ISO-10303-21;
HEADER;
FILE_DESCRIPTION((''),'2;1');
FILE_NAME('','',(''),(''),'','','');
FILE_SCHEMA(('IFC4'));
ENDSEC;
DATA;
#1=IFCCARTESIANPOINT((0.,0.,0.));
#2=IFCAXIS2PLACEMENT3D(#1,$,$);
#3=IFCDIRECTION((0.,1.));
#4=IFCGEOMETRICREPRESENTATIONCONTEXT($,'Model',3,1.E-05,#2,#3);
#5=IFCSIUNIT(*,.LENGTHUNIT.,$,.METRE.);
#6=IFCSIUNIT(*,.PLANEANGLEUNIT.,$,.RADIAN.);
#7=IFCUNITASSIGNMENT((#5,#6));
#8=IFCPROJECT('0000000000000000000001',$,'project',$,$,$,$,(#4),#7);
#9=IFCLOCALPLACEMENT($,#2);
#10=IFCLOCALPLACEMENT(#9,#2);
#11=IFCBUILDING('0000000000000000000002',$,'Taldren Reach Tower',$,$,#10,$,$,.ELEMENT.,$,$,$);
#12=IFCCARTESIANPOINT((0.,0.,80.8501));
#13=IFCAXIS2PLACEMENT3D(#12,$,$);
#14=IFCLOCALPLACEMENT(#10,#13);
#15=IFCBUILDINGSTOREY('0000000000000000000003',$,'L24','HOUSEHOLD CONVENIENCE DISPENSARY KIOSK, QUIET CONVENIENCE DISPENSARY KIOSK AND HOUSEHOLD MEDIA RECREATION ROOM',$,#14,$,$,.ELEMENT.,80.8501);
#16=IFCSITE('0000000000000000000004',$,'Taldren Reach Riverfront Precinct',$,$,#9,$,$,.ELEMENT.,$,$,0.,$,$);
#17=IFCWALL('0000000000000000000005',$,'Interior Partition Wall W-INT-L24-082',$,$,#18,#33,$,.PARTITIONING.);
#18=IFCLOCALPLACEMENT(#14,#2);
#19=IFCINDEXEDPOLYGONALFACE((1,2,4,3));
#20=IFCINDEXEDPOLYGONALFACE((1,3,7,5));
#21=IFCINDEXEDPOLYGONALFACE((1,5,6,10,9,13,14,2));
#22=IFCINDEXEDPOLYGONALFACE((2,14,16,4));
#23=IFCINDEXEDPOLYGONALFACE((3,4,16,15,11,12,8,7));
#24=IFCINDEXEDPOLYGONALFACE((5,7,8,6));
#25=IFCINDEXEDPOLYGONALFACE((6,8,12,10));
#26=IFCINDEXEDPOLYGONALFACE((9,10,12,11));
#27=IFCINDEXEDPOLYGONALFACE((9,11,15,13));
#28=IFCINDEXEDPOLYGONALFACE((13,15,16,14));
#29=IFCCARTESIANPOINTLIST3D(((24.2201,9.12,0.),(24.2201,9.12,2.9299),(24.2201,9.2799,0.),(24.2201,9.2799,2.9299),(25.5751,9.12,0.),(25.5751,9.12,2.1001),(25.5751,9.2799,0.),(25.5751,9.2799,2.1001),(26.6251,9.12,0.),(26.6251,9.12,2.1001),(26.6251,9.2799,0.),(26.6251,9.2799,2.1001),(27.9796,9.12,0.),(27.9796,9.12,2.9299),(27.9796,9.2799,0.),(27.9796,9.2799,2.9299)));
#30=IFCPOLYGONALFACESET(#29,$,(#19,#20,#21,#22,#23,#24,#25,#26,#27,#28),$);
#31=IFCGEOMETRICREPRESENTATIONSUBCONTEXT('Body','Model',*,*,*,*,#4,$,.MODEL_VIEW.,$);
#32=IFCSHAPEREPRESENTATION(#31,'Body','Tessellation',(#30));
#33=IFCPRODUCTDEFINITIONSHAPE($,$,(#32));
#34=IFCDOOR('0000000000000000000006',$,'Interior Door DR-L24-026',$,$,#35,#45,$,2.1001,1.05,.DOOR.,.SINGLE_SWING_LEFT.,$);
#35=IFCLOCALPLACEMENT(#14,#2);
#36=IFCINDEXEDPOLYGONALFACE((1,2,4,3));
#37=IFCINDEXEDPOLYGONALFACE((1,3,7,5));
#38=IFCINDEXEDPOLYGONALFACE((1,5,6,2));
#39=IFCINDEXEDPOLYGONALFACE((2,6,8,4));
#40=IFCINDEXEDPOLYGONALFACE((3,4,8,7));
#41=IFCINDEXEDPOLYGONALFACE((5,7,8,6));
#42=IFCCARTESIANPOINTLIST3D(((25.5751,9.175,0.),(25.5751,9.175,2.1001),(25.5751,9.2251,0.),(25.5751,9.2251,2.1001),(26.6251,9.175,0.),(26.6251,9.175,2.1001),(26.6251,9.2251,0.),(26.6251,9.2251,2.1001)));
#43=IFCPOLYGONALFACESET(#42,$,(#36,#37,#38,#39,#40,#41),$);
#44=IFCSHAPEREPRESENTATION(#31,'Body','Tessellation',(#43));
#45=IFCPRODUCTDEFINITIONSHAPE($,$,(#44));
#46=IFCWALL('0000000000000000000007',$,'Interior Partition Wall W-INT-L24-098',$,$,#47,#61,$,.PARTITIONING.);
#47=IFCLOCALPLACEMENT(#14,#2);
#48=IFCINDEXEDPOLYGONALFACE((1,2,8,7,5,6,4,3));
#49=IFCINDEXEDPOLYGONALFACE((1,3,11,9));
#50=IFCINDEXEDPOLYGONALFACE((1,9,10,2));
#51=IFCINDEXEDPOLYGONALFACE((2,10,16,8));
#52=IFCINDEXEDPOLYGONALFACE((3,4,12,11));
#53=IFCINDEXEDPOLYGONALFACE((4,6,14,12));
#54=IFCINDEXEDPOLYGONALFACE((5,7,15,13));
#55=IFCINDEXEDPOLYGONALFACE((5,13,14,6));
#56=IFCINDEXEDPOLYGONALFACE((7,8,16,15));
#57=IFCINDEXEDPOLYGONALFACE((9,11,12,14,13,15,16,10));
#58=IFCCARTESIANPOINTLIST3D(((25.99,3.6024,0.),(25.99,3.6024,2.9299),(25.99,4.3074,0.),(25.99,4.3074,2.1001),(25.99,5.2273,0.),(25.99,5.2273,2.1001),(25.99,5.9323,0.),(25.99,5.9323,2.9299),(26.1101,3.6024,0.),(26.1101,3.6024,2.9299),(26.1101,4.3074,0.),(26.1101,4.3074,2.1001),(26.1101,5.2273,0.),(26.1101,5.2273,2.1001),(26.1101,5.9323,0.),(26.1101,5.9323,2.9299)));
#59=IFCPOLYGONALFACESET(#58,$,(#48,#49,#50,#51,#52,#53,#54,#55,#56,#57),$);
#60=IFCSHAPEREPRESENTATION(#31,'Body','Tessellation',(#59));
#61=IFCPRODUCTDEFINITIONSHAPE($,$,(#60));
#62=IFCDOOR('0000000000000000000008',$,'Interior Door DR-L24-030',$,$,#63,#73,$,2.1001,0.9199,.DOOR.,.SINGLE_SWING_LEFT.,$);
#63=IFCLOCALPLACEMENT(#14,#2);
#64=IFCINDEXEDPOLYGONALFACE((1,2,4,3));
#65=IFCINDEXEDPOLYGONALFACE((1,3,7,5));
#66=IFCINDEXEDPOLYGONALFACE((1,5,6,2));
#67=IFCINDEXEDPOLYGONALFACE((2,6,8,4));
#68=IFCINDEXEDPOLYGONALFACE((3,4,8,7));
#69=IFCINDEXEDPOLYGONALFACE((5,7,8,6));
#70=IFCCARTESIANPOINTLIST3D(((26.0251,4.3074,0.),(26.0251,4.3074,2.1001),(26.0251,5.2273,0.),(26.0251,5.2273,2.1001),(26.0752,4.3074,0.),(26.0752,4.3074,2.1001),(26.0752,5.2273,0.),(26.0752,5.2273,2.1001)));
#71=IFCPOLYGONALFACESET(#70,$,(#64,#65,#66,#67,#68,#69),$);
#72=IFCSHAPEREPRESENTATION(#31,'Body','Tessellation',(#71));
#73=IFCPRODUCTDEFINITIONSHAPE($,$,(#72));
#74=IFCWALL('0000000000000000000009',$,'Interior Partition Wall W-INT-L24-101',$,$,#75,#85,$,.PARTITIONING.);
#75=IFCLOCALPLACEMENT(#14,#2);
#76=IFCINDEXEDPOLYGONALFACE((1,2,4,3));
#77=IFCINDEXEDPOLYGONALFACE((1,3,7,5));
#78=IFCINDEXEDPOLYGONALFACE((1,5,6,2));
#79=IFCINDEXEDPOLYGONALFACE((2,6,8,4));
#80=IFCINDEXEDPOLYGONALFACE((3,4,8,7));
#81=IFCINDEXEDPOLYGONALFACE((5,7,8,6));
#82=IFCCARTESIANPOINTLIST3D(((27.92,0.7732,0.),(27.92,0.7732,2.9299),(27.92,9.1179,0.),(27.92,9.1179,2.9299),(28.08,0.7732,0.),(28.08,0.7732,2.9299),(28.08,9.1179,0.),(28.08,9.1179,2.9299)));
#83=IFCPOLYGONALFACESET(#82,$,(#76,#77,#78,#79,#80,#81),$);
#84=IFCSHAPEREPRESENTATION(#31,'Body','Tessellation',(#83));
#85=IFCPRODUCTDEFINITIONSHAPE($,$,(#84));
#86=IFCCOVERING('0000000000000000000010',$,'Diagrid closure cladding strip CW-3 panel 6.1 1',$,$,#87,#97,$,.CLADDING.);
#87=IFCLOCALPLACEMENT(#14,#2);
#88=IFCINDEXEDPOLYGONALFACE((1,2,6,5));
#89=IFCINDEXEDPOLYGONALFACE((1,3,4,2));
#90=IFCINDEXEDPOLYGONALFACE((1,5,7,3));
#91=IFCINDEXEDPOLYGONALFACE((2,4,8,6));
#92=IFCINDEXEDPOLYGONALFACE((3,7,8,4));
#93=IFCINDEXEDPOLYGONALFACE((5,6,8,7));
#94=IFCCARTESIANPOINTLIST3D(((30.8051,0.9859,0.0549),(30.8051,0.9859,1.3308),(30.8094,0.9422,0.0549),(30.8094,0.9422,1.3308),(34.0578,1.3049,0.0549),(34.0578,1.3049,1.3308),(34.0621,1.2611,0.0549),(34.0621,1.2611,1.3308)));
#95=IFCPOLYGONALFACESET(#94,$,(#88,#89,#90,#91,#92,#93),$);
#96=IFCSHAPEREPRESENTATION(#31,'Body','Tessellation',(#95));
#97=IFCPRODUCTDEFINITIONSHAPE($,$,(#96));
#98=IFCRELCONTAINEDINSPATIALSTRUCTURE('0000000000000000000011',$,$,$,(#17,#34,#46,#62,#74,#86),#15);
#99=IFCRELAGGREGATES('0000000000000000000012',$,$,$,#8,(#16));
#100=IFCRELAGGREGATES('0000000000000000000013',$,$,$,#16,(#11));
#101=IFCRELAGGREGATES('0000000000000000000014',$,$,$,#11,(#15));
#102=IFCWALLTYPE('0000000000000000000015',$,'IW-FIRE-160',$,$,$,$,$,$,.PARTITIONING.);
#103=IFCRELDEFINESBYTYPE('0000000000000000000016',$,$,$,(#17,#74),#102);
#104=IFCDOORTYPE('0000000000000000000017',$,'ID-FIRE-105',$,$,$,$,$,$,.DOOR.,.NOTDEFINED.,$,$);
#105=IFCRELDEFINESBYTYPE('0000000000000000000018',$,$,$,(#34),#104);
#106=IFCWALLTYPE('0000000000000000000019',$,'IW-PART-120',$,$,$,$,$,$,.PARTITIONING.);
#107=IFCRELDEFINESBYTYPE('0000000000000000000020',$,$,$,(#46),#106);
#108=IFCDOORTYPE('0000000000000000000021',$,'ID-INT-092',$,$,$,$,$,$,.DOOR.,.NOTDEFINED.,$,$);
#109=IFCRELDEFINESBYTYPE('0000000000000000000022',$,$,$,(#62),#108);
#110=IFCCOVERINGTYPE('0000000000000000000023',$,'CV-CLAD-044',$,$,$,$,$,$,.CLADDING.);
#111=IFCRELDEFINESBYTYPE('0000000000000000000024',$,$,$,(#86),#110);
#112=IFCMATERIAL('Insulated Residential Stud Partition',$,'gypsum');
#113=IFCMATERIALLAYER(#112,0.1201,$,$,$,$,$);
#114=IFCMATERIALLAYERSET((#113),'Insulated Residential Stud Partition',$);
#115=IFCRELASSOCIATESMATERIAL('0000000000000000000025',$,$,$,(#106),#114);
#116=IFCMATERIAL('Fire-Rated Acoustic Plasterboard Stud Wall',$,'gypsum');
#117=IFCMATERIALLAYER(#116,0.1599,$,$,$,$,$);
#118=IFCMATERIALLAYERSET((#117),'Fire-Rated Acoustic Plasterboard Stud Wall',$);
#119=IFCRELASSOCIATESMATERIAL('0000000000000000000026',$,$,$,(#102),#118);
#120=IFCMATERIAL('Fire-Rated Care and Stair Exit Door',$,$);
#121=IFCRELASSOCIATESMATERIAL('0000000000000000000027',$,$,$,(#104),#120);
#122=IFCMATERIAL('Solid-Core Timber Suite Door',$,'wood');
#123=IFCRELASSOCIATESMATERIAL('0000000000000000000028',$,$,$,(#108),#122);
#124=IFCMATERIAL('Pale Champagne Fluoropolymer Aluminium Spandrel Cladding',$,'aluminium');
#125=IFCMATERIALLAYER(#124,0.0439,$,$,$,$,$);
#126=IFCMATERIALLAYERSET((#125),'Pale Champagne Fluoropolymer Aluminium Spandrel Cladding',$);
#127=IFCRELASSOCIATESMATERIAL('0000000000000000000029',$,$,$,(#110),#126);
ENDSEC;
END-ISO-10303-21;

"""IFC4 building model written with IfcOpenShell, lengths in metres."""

from ifc_helpers import new_model, si_unit, direction, frame, frame_2d, origin, origin_2d, place, context, subcontext, project, spatial, rectangle, extrude, source, transform, mapped, material, layer, layer_set, type_object, element, fill, save


model = new_model("IFC4")

# Units and contexts
model_context = context("Model", 3, precision=1e-05, world=origin(), true_north=direction((0.0, 1.0)))
body_context = subcontext(model_context, "Body", "Model", "MODEL_VIEW")
ifc_project = project(units=[si_unit("LENGTHUNIT", "METRE"), si_unit("PLANEANGLEUNIT", "RADIAN")], contexts=[model_context])

# Site, building, storey
site_placement = place(None, origin())
site = spatial("IfcSite", under=ifc_project, at=site_placement, Name="Taldren Reach Riverfront Precinct", CompositionType="ELEMENT", RefElevation=0.0)
building_placement = place(site_placement, origin())
building = spatial("IfcBuilding", under=site, at=building_placement, Name="Taldren Reach Tower", CompositionType="ELEMENT")
storey_placement = place(building_placement, frame((0.0, 0.0, 80.8501)))
storey = spatial("IfcBuildingStorey", under=building, at=storey_placement, Name="L24", Description="HOUSEHOLD CONVENIENCE DISPENSARY KIOSK, QUIET CONVENIENCE DISPENSARY KIOSK AND HOUSEHOLD MEDIA RECREATION ROOM", CompositionType="ELEMENT", Elevation=80.8501)

# Shared definitions
ifc_material_1 = material(Name="Insulated Residential Stud Partition", Category="gypsum")
ifc_layer_1 = layer(ifc_material_1, 0.1201)
ifc_layer_set_1 = layer_set([ifc_layer_1], Name="Insulated Residential Stud Partition")
wall_type_1 = type_object("IfcWallType", Name="IW-PART-120", PredefinedType="PARTITIONING", material=ifc_layer_set_1)
ifc_material_2 = material(Name="Fire-Rated Acoustic Plasterboard Stud Wall", Category="gypsum")
ifc_layer_2 = layer(ifc_material_2, 0.1599)
ifc_layer_set_2 = layer_set([ifc_layer_2], Name="Fire-Rated Acoustic Plasterboard Stud Wall")
wall_type_2 = type_object("IfcWallType", Name="IW-FIRE-160", PredefinedType="PARTITIONING", material=ifc_layer_set_2)

# Walls, openings, doors
shared_shape_1 = source(origin(), body_context, "Body", "SweptSolid", [
    extrude(rectangle(XDim=3.7595, YDim=0.1599, at=frame_2d((1.8799, 0.0))), origin(), (0.0, 0.0, 1.0), 2.9299),
])
wall_1_placement = place(storey_placement, frame((27.9797, 9.2, 0.0), z_axis=(0.0, 0.0, 1.0), x_axis=(-1.0, 0.0, 0.0)))
wall_1 = element("IfcWall", 1, at=wall_1_placement, inside=storey, type_object=wall_type_2, Name="Interior Partition Wall W-INT-L24-082", PredefinedType="PARTITIONING", context=body_context, shape_type="MappedRepresentation", body=[
    mapped(shared_shape_1, transform((0.0, 0.0, 0.0), scale=1.0)),
])
shared_shape_2 = source(origin(), body_context, "Body", "SweptSolid", [
    extrude(rectangle(XDim=1.05, YDim=2.1001, at=frame_2d((0.5249, 1.05))), frame((0.0, 0.0898, 0.0), z_axis=(0.0, -1.0, 0.0), x_axis=(1.0, 0.0, 0.0)), (0.0, 0.0, 1.0), 0.1799),
])
opening_1_placement = place(wall_1_placement, frame((1.3547, 0.0, 0.0)))
opening_1 = element("IfcOpeningElement", 2, at=opening_1_placement, cuts=wall_1, PredefinedType="OPENING", context=body_context, shape_type="MappedRepresentation", body=[
    mapped(shared_shape_2, transform((0.0, 0.0, 0.0), scale=1.0)),
])
ifc_material_3 = material(Name="Fire-Rated Care and Stair Exit Door")
door_type_1 = type_object("IfcDoorType", Name="ID-FIRE-105", OperationType="NOTDEFINED", PredefinedType="DOOR", material=ifc_material_3)
shared_shape_3 = source(origin(), body_context, "Body", "SweptSolid", [
    extrude(rectangle(XDim=1.05, YDim=2.1001, at=frame_2d((0.5249, 1.05))), frame((0.0, 0.0249, 0.0), z_axis=(0.0, -1.0, 0.0), x_axis=(1.0, 0.0, 0.0)), (0.0, 0.0, 1.0), 0.05),
])
door_1_placement = place(opening_1_placement, origin())
door_1 = element("IfcDoor", 3, at=door_1_placement, inside=storey, type_object=door_type_1, Name="Interior Door DR-L24-026", OperationType="SINGLE_SWING_LEFT", OverallHeight=2.1001, OverallWidth=1.05, PredefinedType="DOOR", context=body_context, shape_type="MappedRepresentation", body=[
    mapped(shared_shape_3, transform((0.0, 0.0, 0.0), scale=1.0)),
])
fill(opening_1, door_1)
shared_shape_4 = source(origin(), body_context, "Body", "SweptSolid", [
    extrude(rectangle(XDim=2.3298, YDim=0.1201, at=frame_2d((1.165, 0.0))), origin(), (0.0, 0.0, 1.0), 2.9299),
])
wall_2_placement = place(storey_placement, frame((26.05, 3.6023, 0.0), z_axis=(0.0, 0.0, 1.0), x_axis=(0.0, 1.0, 0.0)))
wall_2 = element("IfcWall", 4, at=wall_2_placement, inside=storey, type_object=wall_type_1, Name="Interior Partition Wall W-INT-L24-098", PredefinedType="PARTITIONING", context=body_context, shape_type="MappedRepresentation", body=[
    mapped(shared_shape_4, transform((0.0, 0.0, 0.0), scale=1.0)),
])
shared_shape_5 = source(origin(), body_context, "Body", "SweptSolid", [
    extrude(rectangle(XDim=0.9199, YDim=2.1001, at=frame_2d((0.46, 1.05))), frame((0.0, 0.0701, 0.0), z_axis=(0.0, -1.0, 0.0), x_axis=(1.0, 0.0, 0.0)), (0.0, 0.0, 1.0), 0.1401),
])
opening_2_placement = place(wall_2_placement, frame((0.7051, 0.0, 0.0)))
opening_2 = element("IfcOpeningElement", 5, at=opening_2_placement, cuts=wall_2, PredefinedType="OPENING", context=body_context, shape_type="MappedRepresentation", body=[
    mapped(shared_shape_5, transform((0.0, 0.0, 0.0), scale=1.0)),
])
ifc_material_4 = material(Name="Solid-Core Timber Suite Door", Category="wood")
door_type_2 = type_object("IfcDoorType", Name="ID-INT-092", OperationType="NOTDEFINED", PredefinedType="DOOR", material=ifc_material_4)
shared_shape_6 = source(origin(), body_context, "Body", "SweptSolid", [
    extrude(rectangle(XDim=0.9199, YDim=2.1001, at=frame_2d((0.46, 1.05))), frame((0.0, 0.0249, 0.0), z_axis=(0.0, -1.0, 0.0), x_axis=(1.0, 0.0, 0.0)), (0.0, 0.0, 1.0), 0.05),
])
door_2_placement = place(opening_2_placement, origin())
door_2 = element("IfcDoor", 6, at=door_2_placement, inside=storey, type_object=door_type_2, Name="Interior Door DR-L24-030", OperationType="SINGLE_SWING_LEFT", OverallHeight=2.1001, OverallWidth=0.9199, PredefinedType="DOOR", context=body_context, shape_type="MappedRepresentation", body=[
    mapped(shared_shape_6, transform((0.0, 0.0, 0.0), scale=1.0)),
])
fill(opening_2, door_2)

# Wall
shared_shape_7 = source(origin(), body_context, "Body", "SweptSolid", [
    extrude(rectangle(XDim=8.3447, YDim=0.1599, at=frame_2d((4.1724, 0.0))), origin(), (0.0, 0.0, 1.0), 2.9299),
])
wall_3_placement = place(storey_placement, frame((28.0, 9.1179, 0.0), z_axis=(0.0, 0.0, 1.0), x_axis=(0.0, -1.0, 0.0)))
element("IfcWall", 7, at=wall_3_placement, inside=storey, type_object=wall_type_2, Name="Interior Partition Wall W-INT-L24-101", PredefinedType="PARTITIONING", context=body_context, shape_type="MappedRepresentation", body=[
    mapped(shared_shape_7, transform((0.0, 0.0, 0.0), scale=1.0)),
])

# Covering
ifc_material_5 = material(Name="Pale Champagne Fluoropolymer Aluminium Spandrel Cladding", Category="aluminium")
ifc_layer_3 = layer(ifc_material_5, 0.0439)
ifc_layer_set_3 = layer_set([ifc_layer_3], Name="Pale Champagne Fluoropolymer Aluminium Spandrel Cladding")
covering_type = type_object("IfcCoveringType", Name="CV-CLAD-044", PredefinedType="CLADDING", material=ifc_layer_set_3)
shared_shape_8 = source(origin(), body_context, "Body", "SweptSolid", [
    extrude(rectangle(XDim=3.2683, YDim=0.0439, at=origin_2d()), origin(), (0.0, 0.0, 1.0), 1.2759),
])
covering_placement = place(storey_placement, frame((32.4336, 1.1235, 0.0549), z_axis=(0.0, 0.0, 1.0), x_axis=(0.995227, 0.097583, 0.0)))
element("IfcCovering", 8, at=covering_placement, inside=storey, type_object=covering_type, Name="Diagrid closure cladding strip CW-3 panel 6.1 1", PredefinedType="CLADDING", context=body_context, shape_type="MappedRepresentation", body=[
    mapped(shared_shape_8, transform((0.0, 0.0, 0.0), scale=1.0)),
])

save(model, "model.ifc")
